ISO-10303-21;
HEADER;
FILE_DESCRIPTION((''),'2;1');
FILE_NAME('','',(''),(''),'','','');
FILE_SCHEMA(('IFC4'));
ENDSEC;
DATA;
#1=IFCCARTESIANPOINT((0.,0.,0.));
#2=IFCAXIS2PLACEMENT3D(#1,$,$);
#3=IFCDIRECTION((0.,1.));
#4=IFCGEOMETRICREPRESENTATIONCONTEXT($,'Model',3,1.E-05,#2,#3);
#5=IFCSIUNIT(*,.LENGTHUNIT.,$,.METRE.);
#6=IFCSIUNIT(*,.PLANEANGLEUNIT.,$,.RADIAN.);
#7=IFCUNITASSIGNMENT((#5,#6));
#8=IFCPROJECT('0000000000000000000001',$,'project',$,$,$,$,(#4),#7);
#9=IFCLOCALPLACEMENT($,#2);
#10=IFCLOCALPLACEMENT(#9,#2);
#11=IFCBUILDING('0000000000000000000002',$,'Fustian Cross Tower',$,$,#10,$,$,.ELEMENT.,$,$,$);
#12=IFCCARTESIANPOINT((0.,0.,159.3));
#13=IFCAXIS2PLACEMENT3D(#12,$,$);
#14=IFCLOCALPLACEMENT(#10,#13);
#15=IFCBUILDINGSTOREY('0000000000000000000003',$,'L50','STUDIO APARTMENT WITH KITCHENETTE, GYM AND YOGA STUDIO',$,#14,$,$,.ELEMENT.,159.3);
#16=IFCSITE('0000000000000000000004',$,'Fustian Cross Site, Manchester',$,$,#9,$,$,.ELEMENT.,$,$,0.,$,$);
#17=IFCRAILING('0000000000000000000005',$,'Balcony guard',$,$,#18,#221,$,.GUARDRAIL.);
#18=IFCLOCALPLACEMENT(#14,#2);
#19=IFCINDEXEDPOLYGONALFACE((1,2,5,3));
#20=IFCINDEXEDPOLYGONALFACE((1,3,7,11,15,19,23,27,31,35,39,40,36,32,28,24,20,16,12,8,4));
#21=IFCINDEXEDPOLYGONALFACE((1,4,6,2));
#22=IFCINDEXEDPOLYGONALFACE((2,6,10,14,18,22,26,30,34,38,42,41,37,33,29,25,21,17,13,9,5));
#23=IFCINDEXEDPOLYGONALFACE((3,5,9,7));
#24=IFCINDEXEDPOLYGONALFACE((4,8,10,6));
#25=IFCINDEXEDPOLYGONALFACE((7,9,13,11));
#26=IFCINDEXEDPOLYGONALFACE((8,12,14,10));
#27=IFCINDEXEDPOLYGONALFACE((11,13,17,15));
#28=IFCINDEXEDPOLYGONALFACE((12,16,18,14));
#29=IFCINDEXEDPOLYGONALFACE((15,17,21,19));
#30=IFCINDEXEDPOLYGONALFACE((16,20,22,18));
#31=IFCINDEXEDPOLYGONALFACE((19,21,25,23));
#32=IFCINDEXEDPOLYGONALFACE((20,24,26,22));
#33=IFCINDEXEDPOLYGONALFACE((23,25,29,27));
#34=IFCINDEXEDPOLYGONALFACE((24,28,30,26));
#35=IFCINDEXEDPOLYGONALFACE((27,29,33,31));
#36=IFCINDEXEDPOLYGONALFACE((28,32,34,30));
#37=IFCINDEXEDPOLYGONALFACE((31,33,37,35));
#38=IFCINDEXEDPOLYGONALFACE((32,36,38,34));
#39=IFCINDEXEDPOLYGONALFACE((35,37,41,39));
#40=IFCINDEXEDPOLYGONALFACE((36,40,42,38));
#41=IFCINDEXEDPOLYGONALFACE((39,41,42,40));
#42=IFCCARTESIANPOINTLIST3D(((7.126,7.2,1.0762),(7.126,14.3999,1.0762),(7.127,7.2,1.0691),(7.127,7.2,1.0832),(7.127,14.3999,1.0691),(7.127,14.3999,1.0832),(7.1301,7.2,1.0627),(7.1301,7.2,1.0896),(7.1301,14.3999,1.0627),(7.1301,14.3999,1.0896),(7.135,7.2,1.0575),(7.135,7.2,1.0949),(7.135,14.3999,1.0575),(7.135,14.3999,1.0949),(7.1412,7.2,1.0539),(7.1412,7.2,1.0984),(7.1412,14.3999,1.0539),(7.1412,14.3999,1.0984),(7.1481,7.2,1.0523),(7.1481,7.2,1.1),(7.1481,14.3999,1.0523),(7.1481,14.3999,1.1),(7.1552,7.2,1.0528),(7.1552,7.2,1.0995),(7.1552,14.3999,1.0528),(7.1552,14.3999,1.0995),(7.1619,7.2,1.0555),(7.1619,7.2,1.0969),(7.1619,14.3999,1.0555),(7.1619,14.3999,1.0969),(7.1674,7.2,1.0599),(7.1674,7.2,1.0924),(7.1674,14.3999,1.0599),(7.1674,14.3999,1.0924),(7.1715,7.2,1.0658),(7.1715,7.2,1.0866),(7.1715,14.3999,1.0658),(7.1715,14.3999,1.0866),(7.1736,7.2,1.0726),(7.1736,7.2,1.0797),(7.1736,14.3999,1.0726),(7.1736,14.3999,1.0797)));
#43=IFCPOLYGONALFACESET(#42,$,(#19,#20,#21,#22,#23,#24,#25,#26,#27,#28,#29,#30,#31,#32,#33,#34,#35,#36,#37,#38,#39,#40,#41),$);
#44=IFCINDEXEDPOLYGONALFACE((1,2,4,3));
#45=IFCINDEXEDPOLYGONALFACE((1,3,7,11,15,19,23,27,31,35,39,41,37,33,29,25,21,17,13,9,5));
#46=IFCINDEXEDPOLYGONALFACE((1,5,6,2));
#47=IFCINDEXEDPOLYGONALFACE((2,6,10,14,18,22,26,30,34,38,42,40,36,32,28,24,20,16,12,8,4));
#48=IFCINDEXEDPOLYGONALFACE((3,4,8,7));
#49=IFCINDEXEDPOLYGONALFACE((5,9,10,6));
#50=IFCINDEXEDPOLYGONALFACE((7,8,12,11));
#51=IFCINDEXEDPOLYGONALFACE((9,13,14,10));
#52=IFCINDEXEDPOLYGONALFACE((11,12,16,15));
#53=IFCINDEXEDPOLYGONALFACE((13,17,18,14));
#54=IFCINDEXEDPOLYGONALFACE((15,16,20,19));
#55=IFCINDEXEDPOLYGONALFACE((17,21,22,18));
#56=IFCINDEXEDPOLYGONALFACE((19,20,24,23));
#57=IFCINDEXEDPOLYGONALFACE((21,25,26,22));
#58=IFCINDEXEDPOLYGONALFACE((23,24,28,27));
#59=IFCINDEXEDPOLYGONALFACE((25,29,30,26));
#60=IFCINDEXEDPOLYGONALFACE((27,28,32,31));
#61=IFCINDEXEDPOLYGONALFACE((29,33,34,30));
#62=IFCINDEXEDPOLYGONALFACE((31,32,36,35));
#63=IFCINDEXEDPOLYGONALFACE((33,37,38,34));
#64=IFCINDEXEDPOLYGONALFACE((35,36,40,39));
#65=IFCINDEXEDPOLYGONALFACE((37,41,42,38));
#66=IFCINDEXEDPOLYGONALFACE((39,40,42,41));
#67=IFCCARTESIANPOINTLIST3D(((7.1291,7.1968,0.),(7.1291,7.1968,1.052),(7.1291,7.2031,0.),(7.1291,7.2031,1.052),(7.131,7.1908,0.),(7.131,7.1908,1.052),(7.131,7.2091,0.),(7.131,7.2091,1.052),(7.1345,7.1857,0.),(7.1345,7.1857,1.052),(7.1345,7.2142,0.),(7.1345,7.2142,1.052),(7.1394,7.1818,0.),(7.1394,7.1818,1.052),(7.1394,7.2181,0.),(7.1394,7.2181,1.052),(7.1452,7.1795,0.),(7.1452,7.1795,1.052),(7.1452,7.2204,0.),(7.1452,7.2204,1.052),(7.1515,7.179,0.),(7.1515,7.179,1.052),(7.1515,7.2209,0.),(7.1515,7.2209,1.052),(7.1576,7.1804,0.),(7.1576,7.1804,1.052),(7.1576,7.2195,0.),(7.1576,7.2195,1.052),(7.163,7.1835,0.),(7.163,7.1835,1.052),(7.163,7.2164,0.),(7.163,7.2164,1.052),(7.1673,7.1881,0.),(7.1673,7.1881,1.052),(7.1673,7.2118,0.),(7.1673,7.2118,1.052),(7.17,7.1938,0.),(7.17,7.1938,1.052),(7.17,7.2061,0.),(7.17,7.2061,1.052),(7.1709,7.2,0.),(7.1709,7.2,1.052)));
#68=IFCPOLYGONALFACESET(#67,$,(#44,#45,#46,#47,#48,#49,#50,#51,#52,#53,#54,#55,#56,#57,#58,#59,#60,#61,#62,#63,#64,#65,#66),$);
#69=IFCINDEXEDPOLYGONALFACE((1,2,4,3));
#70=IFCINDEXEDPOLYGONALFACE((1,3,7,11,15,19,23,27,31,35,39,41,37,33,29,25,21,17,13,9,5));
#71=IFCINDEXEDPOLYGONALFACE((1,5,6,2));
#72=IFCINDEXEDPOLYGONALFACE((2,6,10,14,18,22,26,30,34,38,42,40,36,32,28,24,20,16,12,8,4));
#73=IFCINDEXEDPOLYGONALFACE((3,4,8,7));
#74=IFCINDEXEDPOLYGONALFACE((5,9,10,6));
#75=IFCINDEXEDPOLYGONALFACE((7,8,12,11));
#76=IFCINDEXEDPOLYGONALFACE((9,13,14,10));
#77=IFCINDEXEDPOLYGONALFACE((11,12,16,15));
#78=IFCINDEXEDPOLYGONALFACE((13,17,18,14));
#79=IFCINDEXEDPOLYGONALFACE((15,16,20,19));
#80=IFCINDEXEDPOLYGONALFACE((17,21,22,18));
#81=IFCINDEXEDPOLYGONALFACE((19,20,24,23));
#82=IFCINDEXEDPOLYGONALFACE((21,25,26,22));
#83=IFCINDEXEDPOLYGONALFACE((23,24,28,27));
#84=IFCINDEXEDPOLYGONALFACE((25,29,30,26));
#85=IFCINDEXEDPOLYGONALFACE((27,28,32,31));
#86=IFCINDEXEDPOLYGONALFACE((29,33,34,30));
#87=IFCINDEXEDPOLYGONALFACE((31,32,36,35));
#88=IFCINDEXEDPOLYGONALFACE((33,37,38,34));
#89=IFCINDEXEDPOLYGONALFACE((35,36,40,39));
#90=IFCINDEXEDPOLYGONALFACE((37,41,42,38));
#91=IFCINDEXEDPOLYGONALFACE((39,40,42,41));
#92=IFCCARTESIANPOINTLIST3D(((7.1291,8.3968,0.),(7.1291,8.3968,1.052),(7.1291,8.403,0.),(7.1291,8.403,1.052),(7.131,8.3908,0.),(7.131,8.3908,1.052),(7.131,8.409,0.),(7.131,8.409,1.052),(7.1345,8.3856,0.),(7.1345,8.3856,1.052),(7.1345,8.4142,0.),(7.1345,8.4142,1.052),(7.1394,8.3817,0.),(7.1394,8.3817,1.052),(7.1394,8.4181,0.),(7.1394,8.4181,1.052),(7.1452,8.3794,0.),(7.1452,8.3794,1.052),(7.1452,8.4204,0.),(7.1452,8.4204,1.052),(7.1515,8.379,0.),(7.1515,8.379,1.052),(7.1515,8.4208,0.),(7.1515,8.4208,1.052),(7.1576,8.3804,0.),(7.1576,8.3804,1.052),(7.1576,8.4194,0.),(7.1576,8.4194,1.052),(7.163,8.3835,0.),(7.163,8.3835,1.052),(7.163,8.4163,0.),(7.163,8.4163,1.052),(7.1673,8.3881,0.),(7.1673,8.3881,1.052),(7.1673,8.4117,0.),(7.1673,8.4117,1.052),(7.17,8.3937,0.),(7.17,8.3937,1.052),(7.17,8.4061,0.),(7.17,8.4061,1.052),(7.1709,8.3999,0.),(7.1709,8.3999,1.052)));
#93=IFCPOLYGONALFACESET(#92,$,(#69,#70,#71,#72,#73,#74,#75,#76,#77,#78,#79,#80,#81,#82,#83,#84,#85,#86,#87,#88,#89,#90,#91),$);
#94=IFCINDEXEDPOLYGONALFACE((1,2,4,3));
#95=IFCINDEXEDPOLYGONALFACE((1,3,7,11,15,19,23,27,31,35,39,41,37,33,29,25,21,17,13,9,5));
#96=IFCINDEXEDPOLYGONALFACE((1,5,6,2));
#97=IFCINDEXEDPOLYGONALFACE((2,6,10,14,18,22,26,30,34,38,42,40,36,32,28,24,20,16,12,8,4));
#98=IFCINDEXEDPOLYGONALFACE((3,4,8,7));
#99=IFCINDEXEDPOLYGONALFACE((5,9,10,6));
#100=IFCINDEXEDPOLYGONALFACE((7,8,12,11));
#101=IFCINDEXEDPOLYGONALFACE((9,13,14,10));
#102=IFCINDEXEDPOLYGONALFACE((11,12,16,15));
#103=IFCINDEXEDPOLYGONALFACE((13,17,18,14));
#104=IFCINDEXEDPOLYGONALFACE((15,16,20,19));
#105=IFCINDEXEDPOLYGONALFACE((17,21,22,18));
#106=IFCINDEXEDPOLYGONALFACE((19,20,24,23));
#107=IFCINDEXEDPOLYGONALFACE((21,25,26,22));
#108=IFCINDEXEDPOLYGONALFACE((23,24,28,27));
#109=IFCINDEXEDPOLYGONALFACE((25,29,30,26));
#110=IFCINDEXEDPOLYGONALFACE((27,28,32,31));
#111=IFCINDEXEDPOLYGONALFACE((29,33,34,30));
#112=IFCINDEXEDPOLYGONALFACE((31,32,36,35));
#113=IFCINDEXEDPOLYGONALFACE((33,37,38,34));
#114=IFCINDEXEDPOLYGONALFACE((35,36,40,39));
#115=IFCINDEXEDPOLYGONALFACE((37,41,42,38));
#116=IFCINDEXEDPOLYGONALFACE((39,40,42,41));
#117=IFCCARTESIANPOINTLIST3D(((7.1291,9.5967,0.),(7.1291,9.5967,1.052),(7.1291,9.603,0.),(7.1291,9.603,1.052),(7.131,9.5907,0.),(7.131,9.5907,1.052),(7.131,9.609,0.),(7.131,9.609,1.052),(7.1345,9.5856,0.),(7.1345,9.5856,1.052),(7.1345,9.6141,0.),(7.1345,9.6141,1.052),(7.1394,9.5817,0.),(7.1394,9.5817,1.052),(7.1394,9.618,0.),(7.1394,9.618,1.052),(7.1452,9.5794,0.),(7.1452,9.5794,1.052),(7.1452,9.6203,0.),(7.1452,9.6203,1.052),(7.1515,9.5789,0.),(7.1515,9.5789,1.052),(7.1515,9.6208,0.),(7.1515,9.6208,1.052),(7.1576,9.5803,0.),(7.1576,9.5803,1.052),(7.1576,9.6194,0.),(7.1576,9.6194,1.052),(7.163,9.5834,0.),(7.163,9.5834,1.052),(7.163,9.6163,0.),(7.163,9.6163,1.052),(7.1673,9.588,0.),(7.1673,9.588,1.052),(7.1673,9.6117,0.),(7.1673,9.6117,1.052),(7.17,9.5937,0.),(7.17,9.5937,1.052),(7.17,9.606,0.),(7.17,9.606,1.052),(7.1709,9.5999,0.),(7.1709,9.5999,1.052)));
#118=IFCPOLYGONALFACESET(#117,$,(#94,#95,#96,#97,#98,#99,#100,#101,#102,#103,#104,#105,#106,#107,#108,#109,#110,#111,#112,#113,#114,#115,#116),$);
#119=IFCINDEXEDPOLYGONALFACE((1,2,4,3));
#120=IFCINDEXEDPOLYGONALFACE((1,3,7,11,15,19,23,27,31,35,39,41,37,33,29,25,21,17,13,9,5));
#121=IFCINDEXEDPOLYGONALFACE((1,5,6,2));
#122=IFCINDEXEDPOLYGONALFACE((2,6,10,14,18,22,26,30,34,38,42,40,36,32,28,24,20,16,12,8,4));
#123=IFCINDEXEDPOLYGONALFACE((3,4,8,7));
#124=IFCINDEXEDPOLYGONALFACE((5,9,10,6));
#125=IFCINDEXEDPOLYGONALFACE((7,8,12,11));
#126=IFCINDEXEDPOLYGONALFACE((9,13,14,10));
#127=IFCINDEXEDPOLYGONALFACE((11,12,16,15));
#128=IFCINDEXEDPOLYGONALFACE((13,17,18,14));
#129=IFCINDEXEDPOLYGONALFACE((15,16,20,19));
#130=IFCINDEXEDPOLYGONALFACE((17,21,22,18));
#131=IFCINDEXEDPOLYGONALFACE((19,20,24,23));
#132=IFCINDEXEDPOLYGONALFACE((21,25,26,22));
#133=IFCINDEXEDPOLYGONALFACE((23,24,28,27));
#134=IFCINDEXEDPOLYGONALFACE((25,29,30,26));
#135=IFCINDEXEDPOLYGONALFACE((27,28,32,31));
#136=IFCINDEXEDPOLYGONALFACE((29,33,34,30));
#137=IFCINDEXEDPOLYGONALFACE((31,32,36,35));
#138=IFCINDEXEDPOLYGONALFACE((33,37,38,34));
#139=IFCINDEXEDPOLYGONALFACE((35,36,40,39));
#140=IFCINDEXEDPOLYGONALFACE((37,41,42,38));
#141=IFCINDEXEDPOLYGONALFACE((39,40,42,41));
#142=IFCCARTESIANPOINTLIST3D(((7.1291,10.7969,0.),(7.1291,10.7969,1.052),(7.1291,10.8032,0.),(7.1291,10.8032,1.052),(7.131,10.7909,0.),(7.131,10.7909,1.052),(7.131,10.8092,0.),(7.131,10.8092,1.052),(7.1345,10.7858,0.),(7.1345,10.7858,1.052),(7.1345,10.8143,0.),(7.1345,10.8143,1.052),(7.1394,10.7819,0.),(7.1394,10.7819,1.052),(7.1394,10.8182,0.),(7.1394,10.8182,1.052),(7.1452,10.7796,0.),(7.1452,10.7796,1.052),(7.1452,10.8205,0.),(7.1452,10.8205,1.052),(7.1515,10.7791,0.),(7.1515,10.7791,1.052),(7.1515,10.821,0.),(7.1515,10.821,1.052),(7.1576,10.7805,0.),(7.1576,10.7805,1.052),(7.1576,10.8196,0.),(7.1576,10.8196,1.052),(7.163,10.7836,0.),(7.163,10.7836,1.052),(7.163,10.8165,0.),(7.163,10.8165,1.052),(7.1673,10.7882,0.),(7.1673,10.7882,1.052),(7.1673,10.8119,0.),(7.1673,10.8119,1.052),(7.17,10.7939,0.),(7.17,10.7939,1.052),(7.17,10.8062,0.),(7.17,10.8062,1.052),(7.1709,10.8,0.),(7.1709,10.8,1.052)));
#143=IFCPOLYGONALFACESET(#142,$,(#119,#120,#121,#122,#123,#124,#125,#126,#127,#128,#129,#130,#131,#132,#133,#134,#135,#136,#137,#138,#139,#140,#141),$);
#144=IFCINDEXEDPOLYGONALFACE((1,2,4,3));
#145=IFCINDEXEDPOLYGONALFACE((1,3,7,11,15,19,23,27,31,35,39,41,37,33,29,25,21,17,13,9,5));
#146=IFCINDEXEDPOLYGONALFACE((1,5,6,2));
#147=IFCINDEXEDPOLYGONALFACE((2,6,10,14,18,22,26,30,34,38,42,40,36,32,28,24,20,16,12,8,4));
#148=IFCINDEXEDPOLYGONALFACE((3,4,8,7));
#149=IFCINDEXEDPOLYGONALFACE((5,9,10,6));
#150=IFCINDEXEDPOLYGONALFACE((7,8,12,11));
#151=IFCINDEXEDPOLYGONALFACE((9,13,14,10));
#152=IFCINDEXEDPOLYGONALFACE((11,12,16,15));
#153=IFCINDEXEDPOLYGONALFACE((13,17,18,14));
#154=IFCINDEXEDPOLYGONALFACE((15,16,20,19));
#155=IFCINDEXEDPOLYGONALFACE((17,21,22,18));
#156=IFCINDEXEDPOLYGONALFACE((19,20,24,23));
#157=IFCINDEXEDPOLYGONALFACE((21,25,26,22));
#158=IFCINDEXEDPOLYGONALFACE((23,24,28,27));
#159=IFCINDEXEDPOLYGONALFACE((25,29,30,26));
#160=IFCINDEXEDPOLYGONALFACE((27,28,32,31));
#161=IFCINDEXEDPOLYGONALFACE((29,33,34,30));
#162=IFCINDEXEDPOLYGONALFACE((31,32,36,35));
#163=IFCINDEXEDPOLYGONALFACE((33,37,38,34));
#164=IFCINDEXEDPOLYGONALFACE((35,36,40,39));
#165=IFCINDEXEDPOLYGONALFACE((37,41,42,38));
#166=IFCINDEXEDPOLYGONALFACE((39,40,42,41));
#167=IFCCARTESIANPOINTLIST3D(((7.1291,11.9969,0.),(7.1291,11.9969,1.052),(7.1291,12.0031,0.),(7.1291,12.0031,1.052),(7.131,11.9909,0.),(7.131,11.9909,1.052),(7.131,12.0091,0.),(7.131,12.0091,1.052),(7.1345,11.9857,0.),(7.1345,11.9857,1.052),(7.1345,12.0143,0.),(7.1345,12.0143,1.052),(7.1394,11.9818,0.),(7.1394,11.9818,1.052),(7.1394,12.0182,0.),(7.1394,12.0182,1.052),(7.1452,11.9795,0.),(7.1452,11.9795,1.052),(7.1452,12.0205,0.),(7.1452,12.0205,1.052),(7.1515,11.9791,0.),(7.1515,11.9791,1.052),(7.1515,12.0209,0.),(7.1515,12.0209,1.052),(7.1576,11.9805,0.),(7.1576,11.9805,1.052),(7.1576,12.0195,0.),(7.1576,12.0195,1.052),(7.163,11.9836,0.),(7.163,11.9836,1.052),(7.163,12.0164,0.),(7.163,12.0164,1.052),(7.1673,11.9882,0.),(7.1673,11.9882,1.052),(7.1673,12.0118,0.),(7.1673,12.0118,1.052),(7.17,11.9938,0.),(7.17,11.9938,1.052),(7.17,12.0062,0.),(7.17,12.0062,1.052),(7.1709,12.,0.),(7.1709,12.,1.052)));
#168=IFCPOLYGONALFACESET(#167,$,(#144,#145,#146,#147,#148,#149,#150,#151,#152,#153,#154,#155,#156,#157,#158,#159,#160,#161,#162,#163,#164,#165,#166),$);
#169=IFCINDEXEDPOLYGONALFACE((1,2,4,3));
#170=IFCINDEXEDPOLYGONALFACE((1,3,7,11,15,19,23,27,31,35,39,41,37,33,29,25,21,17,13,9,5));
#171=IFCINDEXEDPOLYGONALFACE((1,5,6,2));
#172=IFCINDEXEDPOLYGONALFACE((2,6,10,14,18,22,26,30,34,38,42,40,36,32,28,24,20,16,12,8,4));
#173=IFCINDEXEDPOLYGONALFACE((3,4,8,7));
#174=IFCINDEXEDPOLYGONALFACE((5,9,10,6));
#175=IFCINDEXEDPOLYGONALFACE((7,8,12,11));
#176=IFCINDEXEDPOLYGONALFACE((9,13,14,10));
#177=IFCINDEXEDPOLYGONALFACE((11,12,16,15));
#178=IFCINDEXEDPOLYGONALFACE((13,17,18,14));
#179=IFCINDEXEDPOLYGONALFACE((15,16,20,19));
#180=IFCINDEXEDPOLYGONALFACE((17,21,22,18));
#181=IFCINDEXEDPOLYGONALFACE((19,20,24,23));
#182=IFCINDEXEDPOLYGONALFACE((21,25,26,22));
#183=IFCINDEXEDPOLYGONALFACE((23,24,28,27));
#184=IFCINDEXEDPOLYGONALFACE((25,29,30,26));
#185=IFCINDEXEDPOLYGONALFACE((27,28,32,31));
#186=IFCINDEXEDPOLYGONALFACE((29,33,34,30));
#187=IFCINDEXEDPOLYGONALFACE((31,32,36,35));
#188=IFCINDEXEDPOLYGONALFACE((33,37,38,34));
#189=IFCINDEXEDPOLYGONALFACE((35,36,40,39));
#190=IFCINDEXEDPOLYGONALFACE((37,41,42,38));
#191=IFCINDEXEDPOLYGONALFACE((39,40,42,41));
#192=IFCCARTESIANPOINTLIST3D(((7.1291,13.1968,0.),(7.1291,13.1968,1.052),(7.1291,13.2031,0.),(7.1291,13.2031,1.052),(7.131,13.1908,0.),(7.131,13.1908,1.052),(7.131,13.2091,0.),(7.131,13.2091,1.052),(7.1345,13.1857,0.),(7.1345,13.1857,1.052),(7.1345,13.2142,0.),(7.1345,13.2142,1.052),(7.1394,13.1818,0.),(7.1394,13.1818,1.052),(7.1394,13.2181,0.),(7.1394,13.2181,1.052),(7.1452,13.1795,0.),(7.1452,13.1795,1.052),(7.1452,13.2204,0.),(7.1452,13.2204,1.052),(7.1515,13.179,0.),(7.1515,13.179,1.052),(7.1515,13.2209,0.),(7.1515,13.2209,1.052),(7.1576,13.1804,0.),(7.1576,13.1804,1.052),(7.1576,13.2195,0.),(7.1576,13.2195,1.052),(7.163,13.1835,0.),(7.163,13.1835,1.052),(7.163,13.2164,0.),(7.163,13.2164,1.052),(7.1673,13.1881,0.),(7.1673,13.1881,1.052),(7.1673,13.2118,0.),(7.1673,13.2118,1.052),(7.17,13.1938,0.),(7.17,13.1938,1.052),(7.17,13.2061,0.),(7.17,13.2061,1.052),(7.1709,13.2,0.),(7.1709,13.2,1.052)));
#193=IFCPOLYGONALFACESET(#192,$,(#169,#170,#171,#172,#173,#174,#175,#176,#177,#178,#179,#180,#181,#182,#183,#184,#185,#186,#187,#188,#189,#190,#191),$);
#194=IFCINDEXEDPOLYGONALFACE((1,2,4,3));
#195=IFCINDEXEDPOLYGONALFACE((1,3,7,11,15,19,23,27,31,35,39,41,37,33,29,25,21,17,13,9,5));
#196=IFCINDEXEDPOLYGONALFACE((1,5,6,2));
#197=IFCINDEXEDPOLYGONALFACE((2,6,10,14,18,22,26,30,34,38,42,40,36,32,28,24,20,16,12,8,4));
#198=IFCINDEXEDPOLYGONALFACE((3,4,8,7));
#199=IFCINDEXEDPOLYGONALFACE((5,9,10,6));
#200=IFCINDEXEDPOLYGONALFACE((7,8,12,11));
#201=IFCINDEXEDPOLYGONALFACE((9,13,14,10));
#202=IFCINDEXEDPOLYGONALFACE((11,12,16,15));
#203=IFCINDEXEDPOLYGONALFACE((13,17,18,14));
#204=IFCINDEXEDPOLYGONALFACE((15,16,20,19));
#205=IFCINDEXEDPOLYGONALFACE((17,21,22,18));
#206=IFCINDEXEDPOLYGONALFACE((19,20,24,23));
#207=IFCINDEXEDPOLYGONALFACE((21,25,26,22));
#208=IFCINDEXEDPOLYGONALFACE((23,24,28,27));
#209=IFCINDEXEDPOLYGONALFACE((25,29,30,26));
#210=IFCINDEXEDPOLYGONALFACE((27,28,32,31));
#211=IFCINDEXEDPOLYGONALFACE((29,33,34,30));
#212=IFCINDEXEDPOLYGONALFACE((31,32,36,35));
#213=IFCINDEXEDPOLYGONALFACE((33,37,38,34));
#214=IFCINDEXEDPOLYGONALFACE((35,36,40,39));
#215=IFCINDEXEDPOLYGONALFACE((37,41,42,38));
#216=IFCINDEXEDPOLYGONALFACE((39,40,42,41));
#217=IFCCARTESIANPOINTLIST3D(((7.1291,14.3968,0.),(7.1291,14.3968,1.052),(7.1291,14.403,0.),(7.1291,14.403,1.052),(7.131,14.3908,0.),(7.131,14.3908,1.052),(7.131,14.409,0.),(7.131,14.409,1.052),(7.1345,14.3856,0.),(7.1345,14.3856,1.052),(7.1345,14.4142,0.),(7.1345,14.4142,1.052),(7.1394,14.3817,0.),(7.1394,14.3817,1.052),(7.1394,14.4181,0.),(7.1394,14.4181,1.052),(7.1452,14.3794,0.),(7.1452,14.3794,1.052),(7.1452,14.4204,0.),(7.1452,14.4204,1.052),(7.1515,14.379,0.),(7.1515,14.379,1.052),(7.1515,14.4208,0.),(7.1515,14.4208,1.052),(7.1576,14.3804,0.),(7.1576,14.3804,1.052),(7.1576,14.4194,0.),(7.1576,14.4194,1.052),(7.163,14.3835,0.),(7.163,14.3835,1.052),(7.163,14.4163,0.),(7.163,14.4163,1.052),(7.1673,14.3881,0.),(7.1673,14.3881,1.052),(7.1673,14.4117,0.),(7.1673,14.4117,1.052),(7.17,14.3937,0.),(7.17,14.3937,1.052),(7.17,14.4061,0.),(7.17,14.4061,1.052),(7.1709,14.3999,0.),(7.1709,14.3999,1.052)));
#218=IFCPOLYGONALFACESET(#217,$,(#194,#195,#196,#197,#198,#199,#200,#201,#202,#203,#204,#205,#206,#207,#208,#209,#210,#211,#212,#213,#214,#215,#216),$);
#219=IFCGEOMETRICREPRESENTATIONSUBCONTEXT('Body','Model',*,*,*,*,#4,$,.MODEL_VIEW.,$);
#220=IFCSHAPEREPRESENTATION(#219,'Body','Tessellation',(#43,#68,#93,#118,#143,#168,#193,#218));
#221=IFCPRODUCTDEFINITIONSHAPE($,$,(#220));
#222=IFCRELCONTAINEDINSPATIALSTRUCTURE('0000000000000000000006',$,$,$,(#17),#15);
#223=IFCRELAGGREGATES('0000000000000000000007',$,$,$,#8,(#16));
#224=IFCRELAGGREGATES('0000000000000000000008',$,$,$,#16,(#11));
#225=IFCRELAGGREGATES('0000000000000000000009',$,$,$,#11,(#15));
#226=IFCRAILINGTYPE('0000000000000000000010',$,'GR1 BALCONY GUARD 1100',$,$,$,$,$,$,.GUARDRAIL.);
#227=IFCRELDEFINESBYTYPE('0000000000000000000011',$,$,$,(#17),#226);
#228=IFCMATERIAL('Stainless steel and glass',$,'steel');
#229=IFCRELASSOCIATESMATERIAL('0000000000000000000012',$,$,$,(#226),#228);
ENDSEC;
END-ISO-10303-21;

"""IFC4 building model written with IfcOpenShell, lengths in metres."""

from ifc_helpers import new_model, si_unit, direction, frame, origin, origin_2d, place, context, subcontext, project, spatial, circle, extrude, material, type_object, element, save


model = new_model("IFC4")

# Units and contexts
model_context = context("Model", 3, precision=1e-05, world=origin(), true_north=direction((0.0, 1.0)))
body_context = subcontext(model_context, "Body", "Model", "MODEL_VIEW")
ifc_project = project(units=[si_unit("LENGTHUNIT", "METRE"), si_unit("PLANEANGLEUNIT", "RADIAN")], contexts=[model_context])

# Site, building, storey
site_placement = place(None, origin())
site = spatial("IfcSite", under=ifc_project, at=site_placement, Name="Fustian Cross Site, Manchester", CompositionType="ELEMENT", RefElevation=0.0)
building_placement = place(site_placement, origin())
building = spatial("IfcBuilding", under=site, at=building_placement, Name="Fustian Cross Tower", CompositionType="ELEMENT")
storey_placement = place(building_placement, frame((0.0, 0.0, 159.3)))
storey = spatial("IfcBuildingStorey", under=building, at=storey_placement, Name="L50", Description="STUDIO APARTMENT WITH KITCHENETTE, GYM AND YOGA STUDIO", CompositionType="ELEMENT", Elevation=159.3)

# Railing
ifc_material_1 = material(Name="Stainless steel and glass", Category="steel")
railing_type = type_object("IfcRailingType", Name="GR1 BALCONY GUARD 1100", PredefinedType="GUARDRAIL", material=ifc_material_1)
railing_placement = place(storey_placement, frame((7.1499, 7.2, 0.0)))
element("IfcRailing", 1, at=railing_placement, inside=storey, type_object=railing_type, Name="Balcony guard", PredefinedType="GUARDRAIL", context=body_context, shape_type="SweptSolid", body=[
    extrude(circle(Radius=0.0239, at=origin_2d()), frame((0.0, 0.0, 1.0762), z_axis=(0.0, 1.0, 0.0), x_axis=(-1.0, 0.0, 0.0)), (0.0, 0.0, 1.0), 7.2),
    extrude(circle(Radius=0.021, at=origin_2d()), origin(), (0.0, 0.0, 1.0), 1.052),
    extrude(circle(Radius=0.021, at=origin_2d()), frame((0.0, 1.2, 0.0)), (0.0, 0.0, 1.0), 1.052),
    extrude(circle(Radius=0.021, at=origin_2d()), frame((0.0, 2.3999, 0.0)), (0.0, 0.0, 1.0), 1.052),
    extrude(circle(Radius=0.021, at=origin_2d()), frame((0.0, 3.6001, 0.0)), (0.0, 0.0, 1.0), 1.052),
    extrude(circle(Radius=0.021, at=origin_2d()), frame((0.0, 4.8, 0.0)), (0.0, 0.0, 1.0), 1.052),
    extrude(circle(Radius=0.021, at=origin_2d()), frame((0.0, 6.0, 0.0)), (0.0, 0.0, 1.0), 1.052),
    extrude(circle(Radius=0.021, at=origin_2d()), frame((0.0, 7.2, 0.0)), (0.0, 0.0, 1.0), 1.052),
])

save(model, "model.ifc")
